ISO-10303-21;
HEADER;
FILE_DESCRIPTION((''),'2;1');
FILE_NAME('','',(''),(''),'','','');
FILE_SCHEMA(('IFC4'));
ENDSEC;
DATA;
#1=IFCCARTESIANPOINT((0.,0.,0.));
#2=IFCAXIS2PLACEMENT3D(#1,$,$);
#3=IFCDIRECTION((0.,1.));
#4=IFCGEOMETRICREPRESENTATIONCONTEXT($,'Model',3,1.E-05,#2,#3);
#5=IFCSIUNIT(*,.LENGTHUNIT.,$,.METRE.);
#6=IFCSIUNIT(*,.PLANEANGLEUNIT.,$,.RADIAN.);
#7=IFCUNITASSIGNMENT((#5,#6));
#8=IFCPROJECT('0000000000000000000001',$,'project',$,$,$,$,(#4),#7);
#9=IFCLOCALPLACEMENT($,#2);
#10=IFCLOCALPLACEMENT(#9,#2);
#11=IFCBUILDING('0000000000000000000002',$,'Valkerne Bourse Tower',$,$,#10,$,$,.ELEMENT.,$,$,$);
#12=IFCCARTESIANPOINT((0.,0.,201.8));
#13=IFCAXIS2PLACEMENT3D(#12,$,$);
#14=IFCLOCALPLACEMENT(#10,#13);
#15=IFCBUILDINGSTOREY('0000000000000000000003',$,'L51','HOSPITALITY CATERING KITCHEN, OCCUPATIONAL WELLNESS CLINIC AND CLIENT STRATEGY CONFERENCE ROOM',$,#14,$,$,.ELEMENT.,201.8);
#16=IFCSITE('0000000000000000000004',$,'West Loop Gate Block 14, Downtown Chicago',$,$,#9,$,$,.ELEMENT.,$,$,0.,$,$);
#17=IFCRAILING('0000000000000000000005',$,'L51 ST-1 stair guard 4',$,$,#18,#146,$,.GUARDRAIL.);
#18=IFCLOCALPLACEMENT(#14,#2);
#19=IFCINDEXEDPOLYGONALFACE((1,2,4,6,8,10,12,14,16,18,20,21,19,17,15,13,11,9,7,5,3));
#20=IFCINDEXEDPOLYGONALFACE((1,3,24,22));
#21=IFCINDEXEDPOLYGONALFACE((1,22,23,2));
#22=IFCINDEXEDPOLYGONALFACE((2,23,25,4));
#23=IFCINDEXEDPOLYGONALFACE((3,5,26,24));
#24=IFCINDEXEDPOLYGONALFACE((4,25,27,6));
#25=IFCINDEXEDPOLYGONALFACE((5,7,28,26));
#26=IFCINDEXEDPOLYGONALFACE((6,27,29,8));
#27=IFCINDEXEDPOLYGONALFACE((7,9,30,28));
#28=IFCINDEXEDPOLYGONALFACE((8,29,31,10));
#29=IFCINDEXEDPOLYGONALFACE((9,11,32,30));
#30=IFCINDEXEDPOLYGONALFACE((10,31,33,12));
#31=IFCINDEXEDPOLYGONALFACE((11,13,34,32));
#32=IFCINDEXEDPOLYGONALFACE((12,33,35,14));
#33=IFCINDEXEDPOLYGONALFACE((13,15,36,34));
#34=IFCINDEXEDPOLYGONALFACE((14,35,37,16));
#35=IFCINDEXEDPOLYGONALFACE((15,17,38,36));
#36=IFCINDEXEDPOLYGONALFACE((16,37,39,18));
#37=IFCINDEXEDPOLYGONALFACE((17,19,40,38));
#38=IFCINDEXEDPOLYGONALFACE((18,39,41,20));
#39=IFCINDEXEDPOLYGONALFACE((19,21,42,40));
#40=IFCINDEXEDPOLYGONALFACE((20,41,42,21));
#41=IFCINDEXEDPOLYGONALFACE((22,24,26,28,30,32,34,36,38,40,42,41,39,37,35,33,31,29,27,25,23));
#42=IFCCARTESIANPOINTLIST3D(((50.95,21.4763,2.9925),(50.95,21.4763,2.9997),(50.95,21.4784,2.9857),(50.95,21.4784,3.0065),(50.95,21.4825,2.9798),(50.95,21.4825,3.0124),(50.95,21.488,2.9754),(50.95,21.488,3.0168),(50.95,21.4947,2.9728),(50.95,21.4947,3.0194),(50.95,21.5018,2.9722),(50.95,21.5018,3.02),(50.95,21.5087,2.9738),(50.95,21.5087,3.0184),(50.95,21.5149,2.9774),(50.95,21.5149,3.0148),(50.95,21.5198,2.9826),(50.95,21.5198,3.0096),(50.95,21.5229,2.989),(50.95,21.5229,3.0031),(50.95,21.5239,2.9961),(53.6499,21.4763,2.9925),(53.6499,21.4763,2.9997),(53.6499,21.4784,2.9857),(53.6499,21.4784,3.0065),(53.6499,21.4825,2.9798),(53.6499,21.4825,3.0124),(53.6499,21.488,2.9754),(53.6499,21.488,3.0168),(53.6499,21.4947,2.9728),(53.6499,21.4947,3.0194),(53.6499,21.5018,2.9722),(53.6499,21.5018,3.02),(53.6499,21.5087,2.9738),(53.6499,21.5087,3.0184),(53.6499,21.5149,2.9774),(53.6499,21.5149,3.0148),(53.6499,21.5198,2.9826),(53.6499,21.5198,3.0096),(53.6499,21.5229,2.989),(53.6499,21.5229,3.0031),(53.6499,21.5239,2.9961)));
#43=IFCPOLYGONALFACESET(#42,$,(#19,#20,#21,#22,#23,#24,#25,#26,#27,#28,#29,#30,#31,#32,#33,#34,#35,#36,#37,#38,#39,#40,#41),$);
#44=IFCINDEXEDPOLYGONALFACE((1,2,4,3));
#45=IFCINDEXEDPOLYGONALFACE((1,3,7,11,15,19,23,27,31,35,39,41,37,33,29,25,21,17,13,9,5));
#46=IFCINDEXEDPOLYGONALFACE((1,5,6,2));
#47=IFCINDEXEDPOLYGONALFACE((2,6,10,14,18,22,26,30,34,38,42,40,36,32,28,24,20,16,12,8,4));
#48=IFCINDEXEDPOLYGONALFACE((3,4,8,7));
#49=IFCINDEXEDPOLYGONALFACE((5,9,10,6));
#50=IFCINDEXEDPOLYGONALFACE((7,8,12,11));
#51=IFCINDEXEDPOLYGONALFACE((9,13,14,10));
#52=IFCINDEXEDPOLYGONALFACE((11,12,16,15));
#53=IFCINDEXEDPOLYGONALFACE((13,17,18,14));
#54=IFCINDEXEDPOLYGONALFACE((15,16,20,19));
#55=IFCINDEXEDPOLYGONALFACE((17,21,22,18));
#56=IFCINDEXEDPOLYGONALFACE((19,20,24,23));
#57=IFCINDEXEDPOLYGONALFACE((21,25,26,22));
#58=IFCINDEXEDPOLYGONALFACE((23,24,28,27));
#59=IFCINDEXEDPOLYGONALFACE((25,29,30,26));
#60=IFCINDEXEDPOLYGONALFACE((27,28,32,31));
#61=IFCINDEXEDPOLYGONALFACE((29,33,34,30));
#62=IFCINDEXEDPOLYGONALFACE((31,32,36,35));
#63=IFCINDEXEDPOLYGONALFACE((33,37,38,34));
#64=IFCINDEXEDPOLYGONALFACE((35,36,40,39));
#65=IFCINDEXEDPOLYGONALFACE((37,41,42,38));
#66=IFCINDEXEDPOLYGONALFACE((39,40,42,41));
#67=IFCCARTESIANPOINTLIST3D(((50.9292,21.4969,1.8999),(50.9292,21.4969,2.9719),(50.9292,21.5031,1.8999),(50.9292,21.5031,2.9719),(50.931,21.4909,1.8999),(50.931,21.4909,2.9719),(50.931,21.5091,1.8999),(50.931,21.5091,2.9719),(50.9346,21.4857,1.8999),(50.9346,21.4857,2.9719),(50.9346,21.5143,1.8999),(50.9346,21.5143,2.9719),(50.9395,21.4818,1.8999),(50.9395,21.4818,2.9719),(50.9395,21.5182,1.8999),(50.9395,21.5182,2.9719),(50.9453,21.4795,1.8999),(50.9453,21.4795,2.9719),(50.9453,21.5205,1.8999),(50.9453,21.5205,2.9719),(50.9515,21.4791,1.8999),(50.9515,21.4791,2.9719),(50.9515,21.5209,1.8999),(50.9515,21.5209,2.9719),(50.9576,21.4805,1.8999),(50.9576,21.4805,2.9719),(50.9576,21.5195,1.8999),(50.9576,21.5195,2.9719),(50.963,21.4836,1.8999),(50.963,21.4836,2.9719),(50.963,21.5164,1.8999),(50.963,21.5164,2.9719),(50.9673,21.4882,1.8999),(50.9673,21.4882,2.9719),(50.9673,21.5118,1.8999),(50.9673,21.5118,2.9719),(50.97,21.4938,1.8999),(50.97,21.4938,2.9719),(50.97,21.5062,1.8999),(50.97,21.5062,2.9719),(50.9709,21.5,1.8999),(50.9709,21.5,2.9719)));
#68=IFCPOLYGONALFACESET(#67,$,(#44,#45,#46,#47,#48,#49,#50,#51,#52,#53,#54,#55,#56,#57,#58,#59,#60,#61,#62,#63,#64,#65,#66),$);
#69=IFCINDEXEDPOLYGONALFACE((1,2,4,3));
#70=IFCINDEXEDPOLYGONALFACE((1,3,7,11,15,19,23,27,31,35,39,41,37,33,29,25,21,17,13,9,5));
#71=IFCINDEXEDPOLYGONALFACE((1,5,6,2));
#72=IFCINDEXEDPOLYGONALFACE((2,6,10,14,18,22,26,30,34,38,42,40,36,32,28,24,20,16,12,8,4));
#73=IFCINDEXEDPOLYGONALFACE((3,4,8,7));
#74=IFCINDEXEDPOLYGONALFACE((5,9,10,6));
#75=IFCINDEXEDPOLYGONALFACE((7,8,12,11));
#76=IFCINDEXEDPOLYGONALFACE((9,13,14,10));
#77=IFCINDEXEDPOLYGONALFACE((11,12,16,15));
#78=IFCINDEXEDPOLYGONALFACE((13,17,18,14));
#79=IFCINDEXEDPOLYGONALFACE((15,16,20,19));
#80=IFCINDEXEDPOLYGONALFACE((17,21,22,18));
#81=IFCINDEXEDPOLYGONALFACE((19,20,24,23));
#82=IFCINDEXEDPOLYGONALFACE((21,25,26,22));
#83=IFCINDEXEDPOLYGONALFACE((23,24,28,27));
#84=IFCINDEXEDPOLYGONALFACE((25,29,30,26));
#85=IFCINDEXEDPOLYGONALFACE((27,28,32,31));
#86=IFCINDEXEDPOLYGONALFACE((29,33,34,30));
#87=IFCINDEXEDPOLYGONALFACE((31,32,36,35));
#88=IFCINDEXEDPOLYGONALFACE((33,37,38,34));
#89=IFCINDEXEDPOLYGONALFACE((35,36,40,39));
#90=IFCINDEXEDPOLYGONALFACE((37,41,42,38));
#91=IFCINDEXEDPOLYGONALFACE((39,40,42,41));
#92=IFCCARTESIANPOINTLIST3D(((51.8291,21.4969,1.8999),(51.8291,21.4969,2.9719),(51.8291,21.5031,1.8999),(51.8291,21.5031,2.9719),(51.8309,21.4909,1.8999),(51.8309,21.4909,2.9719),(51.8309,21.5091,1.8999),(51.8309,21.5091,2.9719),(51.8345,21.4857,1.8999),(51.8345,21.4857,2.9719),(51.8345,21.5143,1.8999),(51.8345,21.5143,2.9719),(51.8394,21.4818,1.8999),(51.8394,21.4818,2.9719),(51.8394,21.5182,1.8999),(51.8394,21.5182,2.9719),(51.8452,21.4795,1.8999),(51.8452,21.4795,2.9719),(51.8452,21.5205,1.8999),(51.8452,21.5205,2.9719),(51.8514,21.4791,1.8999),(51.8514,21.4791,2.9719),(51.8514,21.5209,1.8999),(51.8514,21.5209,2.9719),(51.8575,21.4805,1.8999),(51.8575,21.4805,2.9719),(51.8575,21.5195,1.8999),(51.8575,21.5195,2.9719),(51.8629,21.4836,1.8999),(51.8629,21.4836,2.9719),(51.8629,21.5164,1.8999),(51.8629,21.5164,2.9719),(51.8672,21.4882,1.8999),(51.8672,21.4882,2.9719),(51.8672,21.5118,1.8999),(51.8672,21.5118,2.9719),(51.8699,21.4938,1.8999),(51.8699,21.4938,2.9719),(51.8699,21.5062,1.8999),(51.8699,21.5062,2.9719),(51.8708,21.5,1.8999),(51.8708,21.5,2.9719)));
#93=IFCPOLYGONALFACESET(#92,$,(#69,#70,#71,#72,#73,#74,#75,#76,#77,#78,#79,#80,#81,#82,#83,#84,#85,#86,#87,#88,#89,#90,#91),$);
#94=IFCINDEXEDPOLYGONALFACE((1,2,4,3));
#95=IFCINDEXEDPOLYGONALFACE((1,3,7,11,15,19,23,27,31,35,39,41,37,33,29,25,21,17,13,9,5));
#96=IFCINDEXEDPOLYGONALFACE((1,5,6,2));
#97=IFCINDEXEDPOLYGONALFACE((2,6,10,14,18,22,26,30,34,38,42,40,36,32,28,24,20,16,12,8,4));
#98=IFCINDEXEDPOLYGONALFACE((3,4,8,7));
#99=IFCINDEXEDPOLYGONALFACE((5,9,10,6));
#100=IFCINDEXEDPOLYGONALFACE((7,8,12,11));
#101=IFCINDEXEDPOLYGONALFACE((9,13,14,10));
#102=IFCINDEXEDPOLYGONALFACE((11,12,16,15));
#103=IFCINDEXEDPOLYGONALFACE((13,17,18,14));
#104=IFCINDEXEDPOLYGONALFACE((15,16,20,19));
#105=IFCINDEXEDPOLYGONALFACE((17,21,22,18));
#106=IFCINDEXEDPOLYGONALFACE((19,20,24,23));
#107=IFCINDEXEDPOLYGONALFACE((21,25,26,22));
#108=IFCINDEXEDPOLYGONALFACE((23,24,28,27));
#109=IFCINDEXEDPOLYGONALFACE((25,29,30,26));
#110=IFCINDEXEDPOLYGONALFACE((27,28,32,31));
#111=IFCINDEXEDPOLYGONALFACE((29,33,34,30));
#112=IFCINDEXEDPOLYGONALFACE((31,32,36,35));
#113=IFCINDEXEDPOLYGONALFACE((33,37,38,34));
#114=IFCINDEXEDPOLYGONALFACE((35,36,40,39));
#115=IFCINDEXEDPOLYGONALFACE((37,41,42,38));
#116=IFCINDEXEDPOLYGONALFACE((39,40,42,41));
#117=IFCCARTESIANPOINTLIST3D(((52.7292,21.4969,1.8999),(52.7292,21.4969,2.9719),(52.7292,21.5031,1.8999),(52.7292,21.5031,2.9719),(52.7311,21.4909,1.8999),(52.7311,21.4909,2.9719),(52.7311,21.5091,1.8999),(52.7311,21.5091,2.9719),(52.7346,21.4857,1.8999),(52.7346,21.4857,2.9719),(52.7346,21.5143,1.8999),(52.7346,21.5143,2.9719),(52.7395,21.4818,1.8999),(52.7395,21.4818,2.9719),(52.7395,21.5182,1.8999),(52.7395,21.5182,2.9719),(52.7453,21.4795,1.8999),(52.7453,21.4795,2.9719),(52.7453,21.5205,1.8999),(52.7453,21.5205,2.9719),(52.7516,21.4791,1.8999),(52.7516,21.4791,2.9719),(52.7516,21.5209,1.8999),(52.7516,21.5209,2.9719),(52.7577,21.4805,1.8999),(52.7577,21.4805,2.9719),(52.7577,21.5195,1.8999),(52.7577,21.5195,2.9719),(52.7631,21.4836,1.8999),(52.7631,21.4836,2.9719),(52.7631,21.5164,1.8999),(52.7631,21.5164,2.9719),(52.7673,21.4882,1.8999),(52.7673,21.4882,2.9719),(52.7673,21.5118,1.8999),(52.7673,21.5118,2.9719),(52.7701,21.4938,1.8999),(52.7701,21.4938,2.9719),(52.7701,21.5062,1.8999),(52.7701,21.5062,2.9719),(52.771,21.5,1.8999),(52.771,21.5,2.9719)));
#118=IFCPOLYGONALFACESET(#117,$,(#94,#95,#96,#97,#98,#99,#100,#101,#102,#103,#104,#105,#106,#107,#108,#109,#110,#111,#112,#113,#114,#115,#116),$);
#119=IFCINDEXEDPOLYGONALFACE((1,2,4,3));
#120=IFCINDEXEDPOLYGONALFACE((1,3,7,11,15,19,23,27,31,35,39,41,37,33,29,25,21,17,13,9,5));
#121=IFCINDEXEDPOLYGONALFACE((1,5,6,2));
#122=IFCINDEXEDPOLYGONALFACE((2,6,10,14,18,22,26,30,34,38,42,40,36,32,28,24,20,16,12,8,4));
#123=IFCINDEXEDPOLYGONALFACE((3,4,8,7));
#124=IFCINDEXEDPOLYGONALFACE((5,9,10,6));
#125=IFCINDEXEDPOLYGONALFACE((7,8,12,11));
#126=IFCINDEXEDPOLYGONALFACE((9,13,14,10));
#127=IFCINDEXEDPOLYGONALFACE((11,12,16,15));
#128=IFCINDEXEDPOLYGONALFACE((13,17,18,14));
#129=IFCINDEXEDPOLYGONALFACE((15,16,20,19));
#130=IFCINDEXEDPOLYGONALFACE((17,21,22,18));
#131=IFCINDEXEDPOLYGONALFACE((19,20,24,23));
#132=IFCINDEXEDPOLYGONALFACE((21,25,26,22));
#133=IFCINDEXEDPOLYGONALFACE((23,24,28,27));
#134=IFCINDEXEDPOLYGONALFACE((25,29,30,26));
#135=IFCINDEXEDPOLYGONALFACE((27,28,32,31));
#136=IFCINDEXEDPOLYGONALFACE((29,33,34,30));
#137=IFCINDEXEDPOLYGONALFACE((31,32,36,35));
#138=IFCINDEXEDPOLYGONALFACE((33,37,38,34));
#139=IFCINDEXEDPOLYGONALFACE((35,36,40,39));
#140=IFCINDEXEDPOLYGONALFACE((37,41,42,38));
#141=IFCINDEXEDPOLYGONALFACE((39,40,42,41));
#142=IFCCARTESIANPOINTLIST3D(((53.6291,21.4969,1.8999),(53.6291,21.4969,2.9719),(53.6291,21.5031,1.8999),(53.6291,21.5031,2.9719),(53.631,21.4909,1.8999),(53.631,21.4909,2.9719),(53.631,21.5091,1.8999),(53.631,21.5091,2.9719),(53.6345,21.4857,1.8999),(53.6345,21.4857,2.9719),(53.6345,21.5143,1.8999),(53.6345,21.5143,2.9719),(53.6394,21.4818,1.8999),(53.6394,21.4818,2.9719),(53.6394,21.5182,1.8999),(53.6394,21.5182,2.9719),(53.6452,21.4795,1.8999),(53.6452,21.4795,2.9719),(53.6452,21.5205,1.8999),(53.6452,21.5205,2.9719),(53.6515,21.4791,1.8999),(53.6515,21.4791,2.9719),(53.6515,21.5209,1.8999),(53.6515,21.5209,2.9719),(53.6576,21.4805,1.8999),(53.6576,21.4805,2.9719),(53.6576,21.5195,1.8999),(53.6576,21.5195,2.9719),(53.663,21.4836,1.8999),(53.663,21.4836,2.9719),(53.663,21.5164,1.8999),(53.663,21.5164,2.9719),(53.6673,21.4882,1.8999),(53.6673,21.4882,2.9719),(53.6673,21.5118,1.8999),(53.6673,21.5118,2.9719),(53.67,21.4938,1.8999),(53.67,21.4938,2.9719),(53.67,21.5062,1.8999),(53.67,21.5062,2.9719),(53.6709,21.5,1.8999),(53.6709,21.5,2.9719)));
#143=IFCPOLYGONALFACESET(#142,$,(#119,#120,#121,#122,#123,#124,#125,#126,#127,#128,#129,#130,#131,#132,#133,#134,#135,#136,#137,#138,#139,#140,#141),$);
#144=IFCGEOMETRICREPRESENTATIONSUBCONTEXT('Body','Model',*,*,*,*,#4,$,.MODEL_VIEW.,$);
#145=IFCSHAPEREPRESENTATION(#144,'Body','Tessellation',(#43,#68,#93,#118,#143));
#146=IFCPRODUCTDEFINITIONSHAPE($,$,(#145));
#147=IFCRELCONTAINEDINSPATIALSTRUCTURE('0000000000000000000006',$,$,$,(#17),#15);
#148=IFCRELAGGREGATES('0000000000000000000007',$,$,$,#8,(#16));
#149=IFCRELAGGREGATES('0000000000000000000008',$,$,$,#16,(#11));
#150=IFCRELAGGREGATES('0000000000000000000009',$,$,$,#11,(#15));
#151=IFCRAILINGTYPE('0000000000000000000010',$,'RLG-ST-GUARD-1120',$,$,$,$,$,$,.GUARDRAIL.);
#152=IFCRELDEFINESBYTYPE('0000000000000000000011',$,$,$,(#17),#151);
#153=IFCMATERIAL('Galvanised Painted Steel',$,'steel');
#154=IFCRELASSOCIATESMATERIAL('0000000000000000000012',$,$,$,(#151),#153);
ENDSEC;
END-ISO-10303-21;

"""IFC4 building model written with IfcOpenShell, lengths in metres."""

from ifc_helpers import new_model, si_unit, direction, frame, origin, origin_2d, place, context, subcontext, project, spatial, circle, extrude, material, type_object, element, save


model = new_model("IFC4")

# Units and contexts
model_context = context("Model", 3, precision=1e-05, world=origin(), true_north=direction((0.0, 1.0)))
body_context = subcontext(model_context, "Body", "Model", "MODEL_VIEW")
ifc_project = project(units=[si_unit("LENGTHUNIT", "METRE"), si_unit("PLANEANGLEUNIT", "RADIAN")], contexts=[model_context])

# Site, building, storey
site_placement = place(None, origin())
site = spatial("IfcSite", under=ifc_project, at=site_placement, Name="West Loop Gate Block 14, Downtown Chicago", CompositionType="ELEMENT", RefElevation=0.0)
building_placement = place(site_placement, origin())
building = spatial("IfcBuilding", under=site, at=building_placement, Name="Valkerne Bourse Tower", CompositionType="ELEMENT")
storey_placement = place(building_placement, frame((0.0, 0.0, 201.8)))
storey = spatial("IfcBuildingStorey", under=building, at=storey_placement, Name="L51", Description="HOSPITALITY CATERING KITCHEN, OCCUPATIONAL WELLNESS CLINIC AND CLIENT STRATEGY CONFERENCE ROOM", CompositionType="ELEMENT", Elevation=201.8)

# Shared definitions
ifc_material_1 = material(Name="Galvanised Painted Steel", Category="steel")

# Railing
railing_type_1 = type_object("IfcRailingType", Name="RLG-ST-GUARD-1120", PredefinedType="GUARDRAIL", material=ifc_material_1)
for number, where, name in (
    (1, (50.95, 21.5, 1.8999), "L51 ST-1 stair guard 4"),
):
    element("IfcRailing", number, at=place(storey_placement, frame(where)), inside=storey, type_object=railing_type_1, Name=name, PredefinedType="GUARDRAIL", context=body_context, shape_type="SweptSolid", body=[
        extrude(circle(Radius=0.0239, at=origin_2d()), frame((0.0, 0.0, 1.0962), z_axis=(1.0, 0.0, 0.0), x_axis=(0.0, 1.0, 0.0)), (0.0, 0.0, 1.0), 2.7),
        extrude(circle(Radius=0.021, at=origin_2d()), origin(), (0.0, 0.0, 1.0), 1.072),
        extrude(circle(Radius=0.021, at=origin_2d()), frame((0.8999, 0.0, 0.0)), (0.0, 0.0, 1.0), 1.072),
        extrude(circle(Radius=0.021, at=origin_2d()), frame((1.8, 0.0, 0.0)), (0.0, 0.0, 1.0), 1.072),
        extrude(circle(Radius=0.021, at=origin_2d()), frame((2.7, 0.0, 0.0)), (0.0, 0.0, 1.0), 1.072),
    ])

save(model, "model.ifc")
